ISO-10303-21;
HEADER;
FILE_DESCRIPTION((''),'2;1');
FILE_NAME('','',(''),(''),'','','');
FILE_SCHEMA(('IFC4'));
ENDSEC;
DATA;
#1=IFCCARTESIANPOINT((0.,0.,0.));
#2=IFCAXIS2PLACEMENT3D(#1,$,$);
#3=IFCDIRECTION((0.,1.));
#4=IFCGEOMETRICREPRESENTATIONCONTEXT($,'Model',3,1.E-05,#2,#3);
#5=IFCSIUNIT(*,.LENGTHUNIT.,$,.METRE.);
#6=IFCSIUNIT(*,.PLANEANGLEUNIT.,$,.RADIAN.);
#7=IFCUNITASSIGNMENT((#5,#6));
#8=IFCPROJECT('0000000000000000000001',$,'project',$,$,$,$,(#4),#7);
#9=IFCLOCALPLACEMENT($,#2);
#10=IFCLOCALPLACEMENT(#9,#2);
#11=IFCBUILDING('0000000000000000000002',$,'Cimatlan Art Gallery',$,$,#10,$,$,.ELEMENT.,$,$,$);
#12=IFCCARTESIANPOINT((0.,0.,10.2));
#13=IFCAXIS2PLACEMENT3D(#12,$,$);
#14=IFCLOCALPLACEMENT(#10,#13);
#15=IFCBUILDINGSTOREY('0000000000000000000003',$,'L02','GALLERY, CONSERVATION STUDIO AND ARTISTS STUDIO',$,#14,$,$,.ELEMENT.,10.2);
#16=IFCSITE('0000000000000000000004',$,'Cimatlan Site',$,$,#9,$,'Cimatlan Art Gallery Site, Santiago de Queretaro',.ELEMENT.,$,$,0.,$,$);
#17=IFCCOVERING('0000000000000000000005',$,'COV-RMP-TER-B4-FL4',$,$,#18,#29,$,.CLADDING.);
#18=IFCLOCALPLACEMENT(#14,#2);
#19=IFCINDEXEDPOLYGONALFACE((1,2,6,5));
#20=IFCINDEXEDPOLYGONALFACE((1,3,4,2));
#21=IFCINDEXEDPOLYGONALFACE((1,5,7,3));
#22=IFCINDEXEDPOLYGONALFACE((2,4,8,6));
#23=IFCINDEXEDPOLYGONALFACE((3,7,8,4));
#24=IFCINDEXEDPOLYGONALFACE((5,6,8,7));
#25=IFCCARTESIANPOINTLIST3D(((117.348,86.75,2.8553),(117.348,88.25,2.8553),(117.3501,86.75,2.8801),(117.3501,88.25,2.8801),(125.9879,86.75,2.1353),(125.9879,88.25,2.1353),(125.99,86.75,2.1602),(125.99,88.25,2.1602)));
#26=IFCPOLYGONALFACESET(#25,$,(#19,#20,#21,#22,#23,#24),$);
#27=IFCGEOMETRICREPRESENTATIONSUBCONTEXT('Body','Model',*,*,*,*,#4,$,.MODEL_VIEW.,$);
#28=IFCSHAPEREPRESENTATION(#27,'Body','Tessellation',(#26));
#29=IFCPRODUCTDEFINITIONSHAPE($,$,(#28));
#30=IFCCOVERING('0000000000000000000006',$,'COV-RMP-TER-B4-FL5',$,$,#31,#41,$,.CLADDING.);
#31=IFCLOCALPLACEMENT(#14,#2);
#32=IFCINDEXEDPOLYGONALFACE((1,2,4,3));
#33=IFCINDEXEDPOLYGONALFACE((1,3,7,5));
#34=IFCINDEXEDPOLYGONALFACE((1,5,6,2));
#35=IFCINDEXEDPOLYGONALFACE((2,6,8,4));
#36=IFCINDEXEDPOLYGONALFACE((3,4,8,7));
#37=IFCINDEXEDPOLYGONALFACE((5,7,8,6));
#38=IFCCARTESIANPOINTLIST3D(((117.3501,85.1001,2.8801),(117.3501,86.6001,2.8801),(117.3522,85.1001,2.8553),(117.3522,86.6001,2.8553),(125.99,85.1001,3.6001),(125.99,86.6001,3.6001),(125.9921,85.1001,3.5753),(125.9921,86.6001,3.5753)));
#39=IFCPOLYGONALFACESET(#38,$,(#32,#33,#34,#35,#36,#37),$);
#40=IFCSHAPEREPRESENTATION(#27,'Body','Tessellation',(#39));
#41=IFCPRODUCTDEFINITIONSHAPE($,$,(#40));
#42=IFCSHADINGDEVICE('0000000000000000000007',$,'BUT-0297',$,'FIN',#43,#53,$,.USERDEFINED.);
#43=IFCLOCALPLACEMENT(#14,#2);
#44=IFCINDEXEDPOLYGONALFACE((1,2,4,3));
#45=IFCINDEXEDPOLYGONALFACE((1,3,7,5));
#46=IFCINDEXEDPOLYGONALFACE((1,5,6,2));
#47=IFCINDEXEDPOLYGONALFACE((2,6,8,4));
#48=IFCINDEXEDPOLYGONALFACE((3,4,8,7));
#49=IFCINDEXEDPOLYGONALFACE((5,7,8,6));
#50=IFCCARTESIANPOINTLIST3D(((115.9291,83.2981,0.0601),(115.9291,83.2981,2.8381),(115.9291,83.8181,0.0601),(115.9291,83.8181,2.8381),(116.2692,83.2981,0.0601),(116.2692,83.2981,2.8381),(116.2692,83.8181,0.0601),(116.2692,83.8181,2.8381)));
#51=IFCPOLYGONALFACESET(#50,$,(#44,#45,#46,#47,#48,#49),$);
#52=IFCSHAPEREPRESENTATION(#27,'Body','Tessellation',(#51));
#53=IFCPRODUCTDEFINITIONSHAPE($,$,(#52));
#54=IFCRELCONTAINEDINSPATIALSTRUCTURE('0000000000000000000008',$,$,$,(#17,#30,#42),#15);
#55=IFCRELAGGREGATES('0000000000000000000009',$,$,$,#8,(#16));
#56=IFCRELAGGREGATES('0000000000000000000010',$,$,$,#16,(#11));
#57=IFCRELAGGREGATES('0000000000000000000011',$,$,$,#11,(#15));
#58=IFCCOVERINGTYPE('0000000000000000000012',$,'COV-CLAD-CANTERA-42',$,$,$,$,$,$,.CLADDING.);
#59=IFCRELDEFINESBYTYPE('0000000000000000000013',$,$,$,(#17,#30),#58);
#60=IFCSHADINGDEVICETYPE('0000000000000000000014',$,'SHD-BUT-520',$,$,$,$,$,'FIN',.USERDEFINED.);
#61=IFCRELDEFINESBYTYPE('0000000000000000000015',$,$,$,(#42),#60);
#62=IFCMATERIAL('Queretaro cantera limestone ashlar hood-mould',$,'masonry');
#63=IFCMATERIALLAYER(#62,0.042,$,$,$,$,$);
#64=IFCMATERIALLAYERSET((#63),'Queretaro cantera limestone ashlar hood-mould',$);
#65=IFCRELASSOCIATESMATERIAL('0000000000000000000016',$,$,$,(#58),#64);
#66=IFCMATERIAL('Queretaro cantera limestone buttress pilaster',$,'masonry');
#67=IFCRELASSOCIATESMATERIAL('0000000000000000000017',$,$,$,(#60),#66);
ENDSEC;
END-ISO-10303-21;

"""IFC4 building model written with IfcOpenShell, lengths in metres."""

from ifc_helpers import new_model, si_unit, direction, frame, origin, origin_2d, place, context, subcontext, project, spatial, polyline, rectangle, outline, extrude, material, layer, layer_set, type_object, element, save


model = new_model("IFC4")

# Units and contexts
model_context = context("Model", 3, precision=1e-05, world=origin(), true_north=direction((0.0, 1.0)))
body_context = subcontext(model_context, "Body", "Model", "MODEL_VIEW")
ifc_project = project(units=[si_unit("LENGTHUNIT", "METRE"), si_unit("PLANEANGLEUNIT", "RADIAN")], contexts=[model_context])

# Site, building, storey
site_placement = place(None, origin())
site = spatial("IfcSite", under=ifc_project, at=site_placement, Name="Cimatlan Site", LongName="Cimatlan Art Gallery Site, Santiago de Queretaro", CompositionType="ELEMENT", RefElevation=0.0)
building_placement = place(site_placement, origin())
building = spatial("IfcBuilding", under=site, at=building_placement, Name="Cimatlan Art Gallery", CompositionType="ELEMENT")
storey_placement = place(building_placement, frame((0.0, 0.0, 10.2)))
storey = spatial("IfcBuildingStorey", under=building, at=storey_placement, Name="L02", Description="GALLERY, CONSERVATION STUDIO AND ARTISTS STUDIO", CompositionType="ELEMENT", Elevation=10.2)

# Coverings
ifc_material_1 = material(Name="Queretaro cantera limestone ashlar hood-mould", Category="masonry")
ifc_layer_1 = layer(ifc_material_1, 0.042)
ifc_layer_set_1 = layer_set([ifc_layer_1], Name="Queretaro cantera limestone ashlar hood-mould")
covering_type = type_object("IfcCoveringType", Name="COV-CLAD-CANTERA-42", PredefinedType="CLADDING", material=ifc_layer_set_1)
for number, where, z_axis, x_axis, name in (
    (1, (117.3501, 86.75, 2.8801), (0.083043, 0.0, 0.996546), (0.996546, 0.0, -0.083043), "COV-RMP-TER-B4-FL4"),
    (2, (117.3501, 85.1001, 2.8801), (-0.083043, 0.0, 0.996546), (0.996546, 0.0, 0.083043), "COV-RMP-TER-B4-FL5"),
):
    element("IfcCovering", number, at=place(storey_placement, frame(where, z_axis=z_axis, x_axis=x_axis)), inside=storey, type_object=covering_type, Name=name, PredefinedType="CLADDING", context=body_context, shape_type="SweptSolid", body=[
        extrude(outline(polyline([(0.0, 0.0), (8.6698, 0.0), (8.6698, 1.5), (0.0, 1.5), (0.0, 0.0)])), origin(), (0.0, 0.0, -1.0), 0.0249),
    ])

# Shading device
ifc_material_2 = material(Name="Queretaro cantera limestone buttress pilaster", Category="masonry")
shading_device_type = type_object("IfcShadingDeviceType", Name="SHD-BUT-520", ElementType="FIN", PredefinedType="USERDEFINED", material=ifc_material_2)
shading_device_placement = place(storey_placement, frame((116.0991, 83.5581, 0.0601), z_axis=(0.0, 0.0, 1.0), x_axis=(1.0, 0.0, 0.0)))
element("IfcShadingDevice", 3, at=shading_device_placement, inside=storey, type_object=shading_device_type, Name="BUT-0297", ObjectType="FIN", PredefinedType="USERDEFINED", context=body_context, shape_type="SweptSolid", body=[
    extrude(rectangle(XDim=0.3401, YDim=0.52, at=origin_2d()), origin(), (0.0, 0.0, 1.0), 2.7781),
])

save(model, "model.ifc")
